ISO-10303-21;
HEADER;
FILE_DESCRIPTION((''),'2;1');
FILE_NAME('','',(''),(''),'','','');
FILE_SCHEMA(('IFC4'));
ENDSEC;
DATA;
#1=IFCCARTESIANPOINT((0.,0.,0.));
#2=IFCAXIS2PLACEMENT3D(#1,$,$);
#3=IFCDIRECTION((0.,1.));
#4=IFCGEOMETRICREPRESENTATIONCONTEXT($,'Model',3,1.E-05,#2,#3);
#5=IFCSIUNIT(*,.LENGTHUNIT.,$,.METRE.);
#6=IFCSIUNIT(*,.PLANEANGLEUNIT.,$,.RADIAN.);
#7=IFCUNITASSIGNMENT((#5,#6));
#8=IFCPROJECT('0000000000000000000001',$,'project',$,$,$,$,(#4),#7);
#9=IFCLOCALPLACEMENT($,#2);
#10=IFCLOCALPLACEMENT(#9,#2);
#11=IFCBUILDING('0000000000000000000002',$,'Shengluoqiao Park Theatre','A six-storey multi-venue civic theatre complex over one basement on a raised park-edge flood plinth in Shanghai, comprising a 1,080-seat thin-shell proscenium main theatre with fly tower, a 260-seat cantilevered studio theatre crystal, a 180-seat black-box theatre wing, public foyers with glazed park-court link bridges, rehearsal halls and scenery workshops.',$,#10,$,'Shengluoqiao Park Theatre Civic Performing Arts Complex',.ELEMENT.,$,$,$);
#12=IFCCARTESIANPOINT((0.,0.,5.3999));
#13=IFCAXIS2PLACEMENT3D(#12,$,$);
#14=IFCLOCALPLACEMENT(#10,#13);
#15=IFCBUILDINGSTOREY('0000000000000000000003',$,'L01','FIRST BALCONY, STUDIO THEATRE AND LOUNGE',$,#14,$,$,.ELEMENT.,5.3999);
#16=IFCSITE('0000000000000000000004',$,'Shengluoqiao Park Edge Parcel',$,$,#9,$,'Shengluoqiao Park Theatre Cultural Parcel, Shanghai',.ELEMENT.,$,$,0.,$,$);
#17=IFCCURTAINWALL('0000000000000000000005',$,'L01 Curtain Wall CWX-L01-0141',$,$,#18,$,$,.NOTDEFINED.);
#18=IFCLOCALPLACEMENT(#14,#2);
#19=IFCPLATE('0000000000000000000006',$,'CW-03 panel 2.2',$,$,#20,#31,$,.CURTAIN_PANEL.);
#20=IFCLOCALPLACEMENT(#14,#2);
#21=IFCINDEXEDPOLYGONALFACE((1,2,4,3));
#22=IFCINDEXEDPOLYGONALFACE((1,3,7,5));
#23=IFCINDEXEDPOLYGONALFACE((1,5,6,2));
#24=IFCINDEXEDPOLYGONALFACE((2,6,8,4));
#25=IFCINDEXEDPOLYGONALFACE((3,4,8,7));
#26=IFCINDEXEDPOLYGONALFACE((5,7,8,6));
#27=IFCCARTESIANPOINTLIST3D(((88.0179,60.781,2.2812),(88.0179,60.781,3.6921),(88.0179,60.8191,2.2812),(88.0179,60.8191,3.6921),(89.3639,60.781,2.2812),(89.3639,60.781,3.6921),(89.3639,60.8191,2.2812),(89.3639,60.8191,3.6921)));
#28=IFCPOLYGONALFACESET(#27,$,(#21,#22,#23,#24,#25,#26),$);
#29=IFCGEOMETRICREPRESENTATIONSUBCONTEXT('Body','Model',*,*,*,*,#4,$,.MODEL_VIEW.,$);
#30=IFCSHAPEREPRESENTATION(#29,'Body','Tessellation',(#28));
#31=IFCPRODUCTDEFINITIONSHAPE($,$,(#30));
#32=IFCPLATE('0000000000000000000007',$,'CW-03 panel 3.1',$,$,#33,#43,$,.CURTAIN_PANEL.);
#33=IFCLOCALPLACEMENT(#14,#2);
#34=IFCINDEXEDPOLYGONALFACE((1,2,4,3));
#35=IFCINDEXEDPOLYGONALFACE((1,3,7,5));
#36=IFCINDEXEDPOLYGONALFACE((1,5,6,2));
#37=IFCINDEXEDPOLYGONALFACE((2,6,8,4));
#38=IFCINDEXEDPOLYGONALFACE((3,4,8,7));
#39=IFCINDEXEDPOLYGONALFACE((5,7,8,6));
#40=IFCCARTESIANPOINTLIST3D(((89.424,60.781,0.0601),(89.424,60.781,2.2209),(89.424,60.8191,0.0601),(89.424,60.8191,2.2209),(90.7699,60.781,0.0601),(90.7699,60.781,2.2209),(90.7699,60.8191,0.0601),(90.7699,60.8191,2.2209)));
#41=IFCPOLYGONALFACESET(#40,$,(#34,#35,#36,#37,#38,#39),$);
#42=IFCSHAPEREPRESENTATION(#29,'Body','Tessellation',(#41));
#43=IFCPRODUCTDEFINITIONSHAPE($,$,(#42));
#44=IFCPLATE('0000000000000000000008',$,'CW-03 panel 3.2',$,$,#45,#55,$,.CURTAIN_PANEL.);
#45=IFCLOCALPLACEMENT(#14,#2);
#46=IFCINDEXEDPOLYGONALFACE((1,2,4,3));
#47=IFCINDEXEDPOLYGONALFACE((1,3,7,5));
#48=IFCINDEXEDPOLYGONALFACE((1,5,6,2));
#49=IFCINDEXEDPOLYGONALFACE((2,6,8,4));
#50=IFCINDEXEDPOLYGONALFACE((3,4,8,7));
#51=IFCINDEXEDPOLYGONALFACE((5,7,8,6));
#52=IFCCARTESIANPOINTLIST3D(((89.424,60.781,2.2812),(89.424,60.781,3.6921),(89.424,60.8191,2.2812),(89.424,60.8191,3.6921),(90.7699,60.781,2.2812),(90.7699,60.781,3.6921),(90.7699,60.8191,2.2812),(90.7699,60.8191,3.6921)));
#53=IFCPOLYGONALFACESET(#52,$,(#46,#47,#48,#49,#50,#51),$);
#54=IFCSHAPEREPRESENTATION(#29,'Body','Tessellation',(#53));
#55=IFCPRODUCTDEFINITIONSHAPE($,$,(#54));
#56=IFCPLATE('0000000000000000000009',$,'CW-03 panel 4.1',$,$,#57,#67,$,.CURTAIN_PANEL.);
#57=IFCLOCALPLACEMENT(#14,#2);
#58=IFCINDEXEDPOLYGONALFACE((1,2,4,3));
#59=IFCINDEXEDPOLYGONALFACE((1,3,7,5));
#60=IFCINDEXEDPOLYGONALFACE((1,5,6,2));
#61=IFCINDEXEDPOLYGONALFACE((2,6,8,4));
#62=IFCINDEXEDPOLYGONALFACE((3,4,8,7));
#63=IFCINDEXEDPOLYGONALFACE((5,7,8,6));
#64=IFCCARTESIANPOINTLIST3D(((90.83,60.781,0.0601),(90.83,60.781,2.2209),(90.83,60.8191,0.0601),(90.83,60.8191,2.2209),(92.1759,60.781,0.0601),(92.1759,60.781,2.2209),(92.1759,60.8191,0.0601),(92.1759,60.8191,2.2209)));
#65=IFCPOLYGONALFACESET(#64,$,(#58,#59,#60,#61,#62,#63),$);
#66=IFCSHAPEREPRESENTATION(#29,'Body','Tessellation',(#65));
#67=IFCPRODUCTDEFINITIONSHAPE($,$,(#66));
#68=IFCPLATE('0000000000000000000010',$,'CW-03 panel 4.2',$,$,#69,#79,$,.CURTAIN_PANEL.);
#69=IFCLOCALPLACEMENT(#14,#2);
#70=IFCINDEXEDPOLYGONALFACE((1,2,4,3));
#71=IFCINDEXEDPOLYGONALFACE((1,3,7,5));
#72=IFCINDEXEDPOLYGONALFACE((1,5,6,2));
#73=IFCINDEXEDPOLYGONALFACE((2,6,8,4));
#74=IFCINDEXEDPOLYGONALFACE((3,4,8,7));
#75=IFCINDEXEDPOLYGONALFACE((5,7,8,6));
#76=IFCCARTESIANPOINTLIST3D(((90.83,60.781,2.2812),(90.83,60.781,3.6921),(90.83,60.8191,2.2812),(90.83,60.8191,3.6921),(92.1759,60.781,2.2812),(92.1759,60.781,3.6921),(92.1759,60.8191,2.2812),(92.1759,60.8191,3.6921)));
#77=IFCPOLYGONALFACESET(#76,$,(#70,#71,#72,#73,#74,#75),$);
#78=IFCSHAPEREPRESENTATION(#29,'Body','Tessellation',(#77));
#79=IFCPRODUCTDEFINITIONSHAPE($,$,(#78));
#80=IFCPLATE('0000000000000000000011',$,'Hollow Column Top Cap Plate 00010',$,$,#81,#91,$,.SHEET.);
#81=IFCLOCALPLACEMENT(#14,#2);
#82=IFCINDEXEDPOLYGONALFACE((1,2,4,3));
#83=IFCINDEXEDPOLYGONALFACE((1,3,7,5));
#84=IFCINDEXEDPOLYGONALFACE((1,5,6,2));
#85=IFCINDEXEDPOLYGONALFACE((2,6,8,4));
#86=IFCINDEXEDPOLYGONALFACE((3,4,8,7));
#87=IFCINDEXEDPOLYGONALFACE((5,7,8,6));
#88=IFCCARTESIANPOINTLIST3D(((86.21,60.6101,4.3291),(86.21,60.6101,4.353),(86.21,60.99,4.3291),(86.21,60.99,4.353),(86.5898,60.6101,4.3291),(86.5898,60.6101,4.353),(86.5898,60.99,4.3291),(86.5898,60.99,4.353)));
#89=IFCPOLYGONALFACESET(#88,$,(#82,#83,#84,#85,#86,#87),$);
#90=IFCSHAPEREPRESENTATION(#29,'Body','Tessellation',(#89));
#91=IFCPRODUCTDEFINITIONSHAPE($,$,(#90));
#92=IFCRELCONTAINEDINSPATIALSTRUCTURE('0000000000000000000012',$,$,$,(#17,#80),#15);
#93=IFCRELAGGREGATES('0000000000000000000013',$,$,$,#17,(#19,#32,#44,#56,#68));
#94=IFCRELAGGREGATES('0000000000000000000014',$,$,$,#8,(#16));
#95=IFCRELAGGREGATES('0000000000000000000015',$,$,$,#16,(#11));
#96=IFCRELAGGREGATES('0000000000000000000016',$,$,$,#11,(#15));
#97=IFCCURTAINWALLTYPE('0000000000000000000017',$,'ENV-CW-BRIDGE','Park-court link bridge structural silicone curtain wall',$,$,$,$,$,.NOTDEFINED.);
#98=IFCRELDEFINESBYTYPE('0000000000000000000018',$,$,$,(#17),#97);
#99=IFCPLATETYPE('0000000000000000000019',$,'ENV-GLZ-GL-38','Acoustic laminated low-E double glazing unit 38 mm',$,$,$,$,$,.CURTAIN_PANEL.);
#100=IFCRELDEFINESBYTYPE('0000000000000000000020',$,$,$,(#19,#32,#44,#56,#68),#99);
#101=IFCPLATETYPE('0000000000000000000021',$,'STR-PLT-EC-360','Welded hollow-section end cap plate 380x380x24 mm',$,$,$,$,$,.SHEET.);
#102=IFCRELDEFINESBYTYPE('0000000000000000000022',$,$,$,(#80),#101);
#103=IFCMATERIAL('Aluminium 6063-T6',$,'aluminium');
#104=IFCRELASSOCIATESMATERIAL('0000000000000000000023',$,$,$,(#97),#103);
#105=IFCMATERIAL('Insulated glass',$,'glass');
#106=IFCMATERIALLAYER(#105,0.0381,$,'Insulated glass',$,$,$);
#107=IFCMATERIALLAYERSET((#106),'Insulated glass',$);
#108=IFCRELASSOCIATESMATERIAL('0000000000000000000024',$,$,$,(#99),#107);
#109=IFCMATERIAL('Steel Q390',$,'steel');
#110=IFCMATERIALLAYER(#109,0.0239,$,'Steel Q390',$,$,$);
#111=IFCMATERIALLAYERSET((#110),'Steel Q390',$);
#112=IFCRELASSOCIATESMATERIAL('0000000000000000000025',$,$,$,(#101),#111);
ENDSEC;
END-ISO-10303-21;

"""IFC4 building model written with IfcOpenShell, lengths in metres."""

from ifc_helpers import new_model, si_unit, direction, frame, origin, origin_2d, place, context, subcontext, project, spatial, rectangle, extrude, material, layer, layer_set, type_object, element, aggregate, save


model = new_model("IFC4")

# Units and contexts
model_context = context("Model", 3, precision=1e-05, world=origin(), true_north=direction((0.0, 1.0)))
body_context = subcontext(model_context, "Body", "Model", "MODEL_VIEW")
ifc_project = project(units=[si_unit("LENGTHUNIT", "METRE"), si_unit("PLANEANGLEUNIT", "RADIAN")], contexts=[model_context])

# Site, building, storey
site_placement = place(None, origin())
site = spatial("IfcSite", under=ifc_project, at=site_placement, Name="Shengluoqiao Park Edge Parcel", LongName="Shengluoqiao Park Theatre Cultural Parcel, Shanghai", CompositionType="ELEMENT", RefElevation=0.0)
building_placement = place(site_placement, origin())
building = spatial("IfcBuilding", under=site, at=building_placement, Name="Shengluoqiao Park Theatre", Description="A six-storey multi-venue civic theatre complex over one basement on a raised park-edge flood plinth in Shanghai, comprising a 1,080-seat thin-shell proscenium main theatre with fly tower, a 260-seat cantilevered studio theatre crystal, a 180-seat black-box theatre wing, public foyers with glazed park-court link bridges, rehearsal halls and scenery workshops.", LongName="Shengluoqiao Park Theatre Civic Performing Arts Complex", CompositionType="ELEMENT")
storey_placement = place(building_placement, frame((0.0, 0.0, 5.3999)))
storey = spatial("IfcBuildingStorey", under=building, at=storey_placement, Name="L01", Description="FIRST BALCONY, STUDIO THEATRE AND LOUNGE", CompositionType="ELEMENT", Elevation=5.3999)

# Shared definitions
ifc_material_1 = material(Name="Aluminium 6063-T6", Category="aluminium")
curtain_wall_type = type_object("IfcCurtainWallType", Name="ENV-CW-BRIDGE", Description="Park-court link bridge structural silicone curtain wall", PredefinedType="NOTDEFINED", material=ifc_material_1)

# Curtain wall
curtain_wall_1_placement = place(storey_placement, origin())
curtain_wall_1 = element("IfcCurtainWall", 1, at=curtain_wall_1_placement, inside=storey, type_object=curtain_wall_type, Name="L01 Curtain Wall CWX-L01-0141", PredefinedType="NOTDEFINED")

# Plates
ifc_material_2 = material(Name="Insulated glass", Category="glass")
ifc_layer_1 = layer(ifc_material_2, 0.0381, Name="Insulated glass")
ifc_layer_set_1 = layer_set([ifc_layer_1], Name="Insulated glass")
plate_type_1 = type_object("IfcPlateType", Name="ENV-GLZ-GL-38", Description="Acoustic laminated low-E double glazing unit 38 mm", PredefinedType="CURTAIN_PANEL", material=ifc_layer_set_1)
plate_1_placement = place(storey_placement, frame((88.6909, 60.8, 2.2812), z_axis=(0.0, 0.0, 1.0), x_axis=(1.0, 0.0, 0.0)))
plate_1 = element("IfcPlate", 2, at=plate_1_placement, type_object=plate_type_1, Name="CW-03 panel 2.2", PredefinedType="CURTAIN_PANEL", context=body_context, shape_type="SweptSolid", body=[
    extrude(rectangle(XDim=1.3459, YDim=0.0381, at=origin_2d()), origin(), (0.0, 0.0, 1.0), 1.4109),
])
plate_2_placement = place(storey_placement, frame((90.0969, 60.8, 0.0601), z_axis=(0.0, 0.0, 1.0), x_axis=(1.0, 0.0, 0.0)))
plate_2 = element("IfcPlate", 3, at=plate_2_placement, type_object=plate_type_1, Name="CW-03 panel 3.1", PredefinedType="CURTAIN_PANEL", context=body_context, shape_type="SweptSolid", body=[
    extrude(rectangle(XDim=1.3459, YDim=0.0381, at=origin_2d()), origin(), (0.0, 0.0, 1.0), 2.1609),
])
plate_3_placement = place(storey_placement, frame((90.0969, 60.8, 2.2812), z_axis=(0.0, 0.0, 1.0), x_axis=(1.0, 0.0, 0.0)))
plate_3 = element("IfcPlate", 4, at=plate_3_placement, type_object=plate_type_1, Name="CW-03 panel 3.2", PredefinedType="CURTAIN_PANEL", context=body_context, shape_type="SweptSolid", body=[
    extrude(rectangle(XDim=1.3459, YDim=0.0381, at=origin_2d()), origin(), (0.0, 0.0, 1.0), 1.4109),
])
plate_4_placement = place(storey_placement, frame((91.5029, 60.8, 0.0601), z_axis=(0.0, 0.0, 1.0), x_axis=(1.0, 0.0, 0.0)))
plate_4 = element("IfcPlate", 5, at=plate_4_placement, type_object=plate_type_1, Name="CW-03 panel 4.1", PredefinedType="CURTAIN_PANEL", context=body_context, shape_type="SweptSolid", body=[
    extrude(rectangle(XDim=1.3459, YDim=0.0381, at=origin_2d()), origin(), (0.0, 0.0, 1.0), 2.1609),
])
plate_5_placement = place(storey_placement, frame((91.5029, 60.8, 2.2812), z_axis=(0.0, 0.0, 1.0), x_axis=(1.0, 0.0, 0.0)))
plate_5 = element("IfcPlate", 6, at=plate_5_placement, type_object=plate_type_1, Name="CW-03 panel 4.2", PredefinedType="CURTAIN_PANEL", context=body_context, shape_type="SweptSolid", body=[
    extrude(rectangle(XDim=1.3459, YDim=0.0381, at=origin_2d()), origin(), (0.0, 0.0, 1.0), 1.4109),
])
aggregate(curtain_wall_1, [plate_1, plate_2, plate_3, plate_4, plate_5])
ifc_material_3 = material(Name="Steel Q390", Category="steel")
ifc_layer_2 = layer(ifc_material_3, 0.0239, Name="Steel Q390")
ifc_layer_set_2 = layer_set([ifc_layer_2], Name="Steel Q390")
plate_type_2 = type_object("IfcPlateType", Name="STR-PLT-EC-360", Description="Welded hollow-section end cap plate 380x380x24 mm", PredefinedType="SHEET", material=ifc_layer_set_2)
plate_6_placement = place(storey_placement, frame((86.3999, 60.8, 4.3291), z_axis=(0.0, 0.0, 1.0), x_axis=(1.0, 0.0, 0.0)))
element("IfcPlate", 7, at=plate_6_placement, inside=storey, type_object=plate_type_2, Name="Hollow Column Top Cap Plate 00010", PredefinedType="SHEET", context=body_context, shape_type="SweptSolid", body=[
    extrude(rectangle(XDim=0.3799, YDim=0.3799, at=origin_2d()), origin(), (0.0, 0.0, 1.0), 0.0239),
])

save(model, "model.ifc")
